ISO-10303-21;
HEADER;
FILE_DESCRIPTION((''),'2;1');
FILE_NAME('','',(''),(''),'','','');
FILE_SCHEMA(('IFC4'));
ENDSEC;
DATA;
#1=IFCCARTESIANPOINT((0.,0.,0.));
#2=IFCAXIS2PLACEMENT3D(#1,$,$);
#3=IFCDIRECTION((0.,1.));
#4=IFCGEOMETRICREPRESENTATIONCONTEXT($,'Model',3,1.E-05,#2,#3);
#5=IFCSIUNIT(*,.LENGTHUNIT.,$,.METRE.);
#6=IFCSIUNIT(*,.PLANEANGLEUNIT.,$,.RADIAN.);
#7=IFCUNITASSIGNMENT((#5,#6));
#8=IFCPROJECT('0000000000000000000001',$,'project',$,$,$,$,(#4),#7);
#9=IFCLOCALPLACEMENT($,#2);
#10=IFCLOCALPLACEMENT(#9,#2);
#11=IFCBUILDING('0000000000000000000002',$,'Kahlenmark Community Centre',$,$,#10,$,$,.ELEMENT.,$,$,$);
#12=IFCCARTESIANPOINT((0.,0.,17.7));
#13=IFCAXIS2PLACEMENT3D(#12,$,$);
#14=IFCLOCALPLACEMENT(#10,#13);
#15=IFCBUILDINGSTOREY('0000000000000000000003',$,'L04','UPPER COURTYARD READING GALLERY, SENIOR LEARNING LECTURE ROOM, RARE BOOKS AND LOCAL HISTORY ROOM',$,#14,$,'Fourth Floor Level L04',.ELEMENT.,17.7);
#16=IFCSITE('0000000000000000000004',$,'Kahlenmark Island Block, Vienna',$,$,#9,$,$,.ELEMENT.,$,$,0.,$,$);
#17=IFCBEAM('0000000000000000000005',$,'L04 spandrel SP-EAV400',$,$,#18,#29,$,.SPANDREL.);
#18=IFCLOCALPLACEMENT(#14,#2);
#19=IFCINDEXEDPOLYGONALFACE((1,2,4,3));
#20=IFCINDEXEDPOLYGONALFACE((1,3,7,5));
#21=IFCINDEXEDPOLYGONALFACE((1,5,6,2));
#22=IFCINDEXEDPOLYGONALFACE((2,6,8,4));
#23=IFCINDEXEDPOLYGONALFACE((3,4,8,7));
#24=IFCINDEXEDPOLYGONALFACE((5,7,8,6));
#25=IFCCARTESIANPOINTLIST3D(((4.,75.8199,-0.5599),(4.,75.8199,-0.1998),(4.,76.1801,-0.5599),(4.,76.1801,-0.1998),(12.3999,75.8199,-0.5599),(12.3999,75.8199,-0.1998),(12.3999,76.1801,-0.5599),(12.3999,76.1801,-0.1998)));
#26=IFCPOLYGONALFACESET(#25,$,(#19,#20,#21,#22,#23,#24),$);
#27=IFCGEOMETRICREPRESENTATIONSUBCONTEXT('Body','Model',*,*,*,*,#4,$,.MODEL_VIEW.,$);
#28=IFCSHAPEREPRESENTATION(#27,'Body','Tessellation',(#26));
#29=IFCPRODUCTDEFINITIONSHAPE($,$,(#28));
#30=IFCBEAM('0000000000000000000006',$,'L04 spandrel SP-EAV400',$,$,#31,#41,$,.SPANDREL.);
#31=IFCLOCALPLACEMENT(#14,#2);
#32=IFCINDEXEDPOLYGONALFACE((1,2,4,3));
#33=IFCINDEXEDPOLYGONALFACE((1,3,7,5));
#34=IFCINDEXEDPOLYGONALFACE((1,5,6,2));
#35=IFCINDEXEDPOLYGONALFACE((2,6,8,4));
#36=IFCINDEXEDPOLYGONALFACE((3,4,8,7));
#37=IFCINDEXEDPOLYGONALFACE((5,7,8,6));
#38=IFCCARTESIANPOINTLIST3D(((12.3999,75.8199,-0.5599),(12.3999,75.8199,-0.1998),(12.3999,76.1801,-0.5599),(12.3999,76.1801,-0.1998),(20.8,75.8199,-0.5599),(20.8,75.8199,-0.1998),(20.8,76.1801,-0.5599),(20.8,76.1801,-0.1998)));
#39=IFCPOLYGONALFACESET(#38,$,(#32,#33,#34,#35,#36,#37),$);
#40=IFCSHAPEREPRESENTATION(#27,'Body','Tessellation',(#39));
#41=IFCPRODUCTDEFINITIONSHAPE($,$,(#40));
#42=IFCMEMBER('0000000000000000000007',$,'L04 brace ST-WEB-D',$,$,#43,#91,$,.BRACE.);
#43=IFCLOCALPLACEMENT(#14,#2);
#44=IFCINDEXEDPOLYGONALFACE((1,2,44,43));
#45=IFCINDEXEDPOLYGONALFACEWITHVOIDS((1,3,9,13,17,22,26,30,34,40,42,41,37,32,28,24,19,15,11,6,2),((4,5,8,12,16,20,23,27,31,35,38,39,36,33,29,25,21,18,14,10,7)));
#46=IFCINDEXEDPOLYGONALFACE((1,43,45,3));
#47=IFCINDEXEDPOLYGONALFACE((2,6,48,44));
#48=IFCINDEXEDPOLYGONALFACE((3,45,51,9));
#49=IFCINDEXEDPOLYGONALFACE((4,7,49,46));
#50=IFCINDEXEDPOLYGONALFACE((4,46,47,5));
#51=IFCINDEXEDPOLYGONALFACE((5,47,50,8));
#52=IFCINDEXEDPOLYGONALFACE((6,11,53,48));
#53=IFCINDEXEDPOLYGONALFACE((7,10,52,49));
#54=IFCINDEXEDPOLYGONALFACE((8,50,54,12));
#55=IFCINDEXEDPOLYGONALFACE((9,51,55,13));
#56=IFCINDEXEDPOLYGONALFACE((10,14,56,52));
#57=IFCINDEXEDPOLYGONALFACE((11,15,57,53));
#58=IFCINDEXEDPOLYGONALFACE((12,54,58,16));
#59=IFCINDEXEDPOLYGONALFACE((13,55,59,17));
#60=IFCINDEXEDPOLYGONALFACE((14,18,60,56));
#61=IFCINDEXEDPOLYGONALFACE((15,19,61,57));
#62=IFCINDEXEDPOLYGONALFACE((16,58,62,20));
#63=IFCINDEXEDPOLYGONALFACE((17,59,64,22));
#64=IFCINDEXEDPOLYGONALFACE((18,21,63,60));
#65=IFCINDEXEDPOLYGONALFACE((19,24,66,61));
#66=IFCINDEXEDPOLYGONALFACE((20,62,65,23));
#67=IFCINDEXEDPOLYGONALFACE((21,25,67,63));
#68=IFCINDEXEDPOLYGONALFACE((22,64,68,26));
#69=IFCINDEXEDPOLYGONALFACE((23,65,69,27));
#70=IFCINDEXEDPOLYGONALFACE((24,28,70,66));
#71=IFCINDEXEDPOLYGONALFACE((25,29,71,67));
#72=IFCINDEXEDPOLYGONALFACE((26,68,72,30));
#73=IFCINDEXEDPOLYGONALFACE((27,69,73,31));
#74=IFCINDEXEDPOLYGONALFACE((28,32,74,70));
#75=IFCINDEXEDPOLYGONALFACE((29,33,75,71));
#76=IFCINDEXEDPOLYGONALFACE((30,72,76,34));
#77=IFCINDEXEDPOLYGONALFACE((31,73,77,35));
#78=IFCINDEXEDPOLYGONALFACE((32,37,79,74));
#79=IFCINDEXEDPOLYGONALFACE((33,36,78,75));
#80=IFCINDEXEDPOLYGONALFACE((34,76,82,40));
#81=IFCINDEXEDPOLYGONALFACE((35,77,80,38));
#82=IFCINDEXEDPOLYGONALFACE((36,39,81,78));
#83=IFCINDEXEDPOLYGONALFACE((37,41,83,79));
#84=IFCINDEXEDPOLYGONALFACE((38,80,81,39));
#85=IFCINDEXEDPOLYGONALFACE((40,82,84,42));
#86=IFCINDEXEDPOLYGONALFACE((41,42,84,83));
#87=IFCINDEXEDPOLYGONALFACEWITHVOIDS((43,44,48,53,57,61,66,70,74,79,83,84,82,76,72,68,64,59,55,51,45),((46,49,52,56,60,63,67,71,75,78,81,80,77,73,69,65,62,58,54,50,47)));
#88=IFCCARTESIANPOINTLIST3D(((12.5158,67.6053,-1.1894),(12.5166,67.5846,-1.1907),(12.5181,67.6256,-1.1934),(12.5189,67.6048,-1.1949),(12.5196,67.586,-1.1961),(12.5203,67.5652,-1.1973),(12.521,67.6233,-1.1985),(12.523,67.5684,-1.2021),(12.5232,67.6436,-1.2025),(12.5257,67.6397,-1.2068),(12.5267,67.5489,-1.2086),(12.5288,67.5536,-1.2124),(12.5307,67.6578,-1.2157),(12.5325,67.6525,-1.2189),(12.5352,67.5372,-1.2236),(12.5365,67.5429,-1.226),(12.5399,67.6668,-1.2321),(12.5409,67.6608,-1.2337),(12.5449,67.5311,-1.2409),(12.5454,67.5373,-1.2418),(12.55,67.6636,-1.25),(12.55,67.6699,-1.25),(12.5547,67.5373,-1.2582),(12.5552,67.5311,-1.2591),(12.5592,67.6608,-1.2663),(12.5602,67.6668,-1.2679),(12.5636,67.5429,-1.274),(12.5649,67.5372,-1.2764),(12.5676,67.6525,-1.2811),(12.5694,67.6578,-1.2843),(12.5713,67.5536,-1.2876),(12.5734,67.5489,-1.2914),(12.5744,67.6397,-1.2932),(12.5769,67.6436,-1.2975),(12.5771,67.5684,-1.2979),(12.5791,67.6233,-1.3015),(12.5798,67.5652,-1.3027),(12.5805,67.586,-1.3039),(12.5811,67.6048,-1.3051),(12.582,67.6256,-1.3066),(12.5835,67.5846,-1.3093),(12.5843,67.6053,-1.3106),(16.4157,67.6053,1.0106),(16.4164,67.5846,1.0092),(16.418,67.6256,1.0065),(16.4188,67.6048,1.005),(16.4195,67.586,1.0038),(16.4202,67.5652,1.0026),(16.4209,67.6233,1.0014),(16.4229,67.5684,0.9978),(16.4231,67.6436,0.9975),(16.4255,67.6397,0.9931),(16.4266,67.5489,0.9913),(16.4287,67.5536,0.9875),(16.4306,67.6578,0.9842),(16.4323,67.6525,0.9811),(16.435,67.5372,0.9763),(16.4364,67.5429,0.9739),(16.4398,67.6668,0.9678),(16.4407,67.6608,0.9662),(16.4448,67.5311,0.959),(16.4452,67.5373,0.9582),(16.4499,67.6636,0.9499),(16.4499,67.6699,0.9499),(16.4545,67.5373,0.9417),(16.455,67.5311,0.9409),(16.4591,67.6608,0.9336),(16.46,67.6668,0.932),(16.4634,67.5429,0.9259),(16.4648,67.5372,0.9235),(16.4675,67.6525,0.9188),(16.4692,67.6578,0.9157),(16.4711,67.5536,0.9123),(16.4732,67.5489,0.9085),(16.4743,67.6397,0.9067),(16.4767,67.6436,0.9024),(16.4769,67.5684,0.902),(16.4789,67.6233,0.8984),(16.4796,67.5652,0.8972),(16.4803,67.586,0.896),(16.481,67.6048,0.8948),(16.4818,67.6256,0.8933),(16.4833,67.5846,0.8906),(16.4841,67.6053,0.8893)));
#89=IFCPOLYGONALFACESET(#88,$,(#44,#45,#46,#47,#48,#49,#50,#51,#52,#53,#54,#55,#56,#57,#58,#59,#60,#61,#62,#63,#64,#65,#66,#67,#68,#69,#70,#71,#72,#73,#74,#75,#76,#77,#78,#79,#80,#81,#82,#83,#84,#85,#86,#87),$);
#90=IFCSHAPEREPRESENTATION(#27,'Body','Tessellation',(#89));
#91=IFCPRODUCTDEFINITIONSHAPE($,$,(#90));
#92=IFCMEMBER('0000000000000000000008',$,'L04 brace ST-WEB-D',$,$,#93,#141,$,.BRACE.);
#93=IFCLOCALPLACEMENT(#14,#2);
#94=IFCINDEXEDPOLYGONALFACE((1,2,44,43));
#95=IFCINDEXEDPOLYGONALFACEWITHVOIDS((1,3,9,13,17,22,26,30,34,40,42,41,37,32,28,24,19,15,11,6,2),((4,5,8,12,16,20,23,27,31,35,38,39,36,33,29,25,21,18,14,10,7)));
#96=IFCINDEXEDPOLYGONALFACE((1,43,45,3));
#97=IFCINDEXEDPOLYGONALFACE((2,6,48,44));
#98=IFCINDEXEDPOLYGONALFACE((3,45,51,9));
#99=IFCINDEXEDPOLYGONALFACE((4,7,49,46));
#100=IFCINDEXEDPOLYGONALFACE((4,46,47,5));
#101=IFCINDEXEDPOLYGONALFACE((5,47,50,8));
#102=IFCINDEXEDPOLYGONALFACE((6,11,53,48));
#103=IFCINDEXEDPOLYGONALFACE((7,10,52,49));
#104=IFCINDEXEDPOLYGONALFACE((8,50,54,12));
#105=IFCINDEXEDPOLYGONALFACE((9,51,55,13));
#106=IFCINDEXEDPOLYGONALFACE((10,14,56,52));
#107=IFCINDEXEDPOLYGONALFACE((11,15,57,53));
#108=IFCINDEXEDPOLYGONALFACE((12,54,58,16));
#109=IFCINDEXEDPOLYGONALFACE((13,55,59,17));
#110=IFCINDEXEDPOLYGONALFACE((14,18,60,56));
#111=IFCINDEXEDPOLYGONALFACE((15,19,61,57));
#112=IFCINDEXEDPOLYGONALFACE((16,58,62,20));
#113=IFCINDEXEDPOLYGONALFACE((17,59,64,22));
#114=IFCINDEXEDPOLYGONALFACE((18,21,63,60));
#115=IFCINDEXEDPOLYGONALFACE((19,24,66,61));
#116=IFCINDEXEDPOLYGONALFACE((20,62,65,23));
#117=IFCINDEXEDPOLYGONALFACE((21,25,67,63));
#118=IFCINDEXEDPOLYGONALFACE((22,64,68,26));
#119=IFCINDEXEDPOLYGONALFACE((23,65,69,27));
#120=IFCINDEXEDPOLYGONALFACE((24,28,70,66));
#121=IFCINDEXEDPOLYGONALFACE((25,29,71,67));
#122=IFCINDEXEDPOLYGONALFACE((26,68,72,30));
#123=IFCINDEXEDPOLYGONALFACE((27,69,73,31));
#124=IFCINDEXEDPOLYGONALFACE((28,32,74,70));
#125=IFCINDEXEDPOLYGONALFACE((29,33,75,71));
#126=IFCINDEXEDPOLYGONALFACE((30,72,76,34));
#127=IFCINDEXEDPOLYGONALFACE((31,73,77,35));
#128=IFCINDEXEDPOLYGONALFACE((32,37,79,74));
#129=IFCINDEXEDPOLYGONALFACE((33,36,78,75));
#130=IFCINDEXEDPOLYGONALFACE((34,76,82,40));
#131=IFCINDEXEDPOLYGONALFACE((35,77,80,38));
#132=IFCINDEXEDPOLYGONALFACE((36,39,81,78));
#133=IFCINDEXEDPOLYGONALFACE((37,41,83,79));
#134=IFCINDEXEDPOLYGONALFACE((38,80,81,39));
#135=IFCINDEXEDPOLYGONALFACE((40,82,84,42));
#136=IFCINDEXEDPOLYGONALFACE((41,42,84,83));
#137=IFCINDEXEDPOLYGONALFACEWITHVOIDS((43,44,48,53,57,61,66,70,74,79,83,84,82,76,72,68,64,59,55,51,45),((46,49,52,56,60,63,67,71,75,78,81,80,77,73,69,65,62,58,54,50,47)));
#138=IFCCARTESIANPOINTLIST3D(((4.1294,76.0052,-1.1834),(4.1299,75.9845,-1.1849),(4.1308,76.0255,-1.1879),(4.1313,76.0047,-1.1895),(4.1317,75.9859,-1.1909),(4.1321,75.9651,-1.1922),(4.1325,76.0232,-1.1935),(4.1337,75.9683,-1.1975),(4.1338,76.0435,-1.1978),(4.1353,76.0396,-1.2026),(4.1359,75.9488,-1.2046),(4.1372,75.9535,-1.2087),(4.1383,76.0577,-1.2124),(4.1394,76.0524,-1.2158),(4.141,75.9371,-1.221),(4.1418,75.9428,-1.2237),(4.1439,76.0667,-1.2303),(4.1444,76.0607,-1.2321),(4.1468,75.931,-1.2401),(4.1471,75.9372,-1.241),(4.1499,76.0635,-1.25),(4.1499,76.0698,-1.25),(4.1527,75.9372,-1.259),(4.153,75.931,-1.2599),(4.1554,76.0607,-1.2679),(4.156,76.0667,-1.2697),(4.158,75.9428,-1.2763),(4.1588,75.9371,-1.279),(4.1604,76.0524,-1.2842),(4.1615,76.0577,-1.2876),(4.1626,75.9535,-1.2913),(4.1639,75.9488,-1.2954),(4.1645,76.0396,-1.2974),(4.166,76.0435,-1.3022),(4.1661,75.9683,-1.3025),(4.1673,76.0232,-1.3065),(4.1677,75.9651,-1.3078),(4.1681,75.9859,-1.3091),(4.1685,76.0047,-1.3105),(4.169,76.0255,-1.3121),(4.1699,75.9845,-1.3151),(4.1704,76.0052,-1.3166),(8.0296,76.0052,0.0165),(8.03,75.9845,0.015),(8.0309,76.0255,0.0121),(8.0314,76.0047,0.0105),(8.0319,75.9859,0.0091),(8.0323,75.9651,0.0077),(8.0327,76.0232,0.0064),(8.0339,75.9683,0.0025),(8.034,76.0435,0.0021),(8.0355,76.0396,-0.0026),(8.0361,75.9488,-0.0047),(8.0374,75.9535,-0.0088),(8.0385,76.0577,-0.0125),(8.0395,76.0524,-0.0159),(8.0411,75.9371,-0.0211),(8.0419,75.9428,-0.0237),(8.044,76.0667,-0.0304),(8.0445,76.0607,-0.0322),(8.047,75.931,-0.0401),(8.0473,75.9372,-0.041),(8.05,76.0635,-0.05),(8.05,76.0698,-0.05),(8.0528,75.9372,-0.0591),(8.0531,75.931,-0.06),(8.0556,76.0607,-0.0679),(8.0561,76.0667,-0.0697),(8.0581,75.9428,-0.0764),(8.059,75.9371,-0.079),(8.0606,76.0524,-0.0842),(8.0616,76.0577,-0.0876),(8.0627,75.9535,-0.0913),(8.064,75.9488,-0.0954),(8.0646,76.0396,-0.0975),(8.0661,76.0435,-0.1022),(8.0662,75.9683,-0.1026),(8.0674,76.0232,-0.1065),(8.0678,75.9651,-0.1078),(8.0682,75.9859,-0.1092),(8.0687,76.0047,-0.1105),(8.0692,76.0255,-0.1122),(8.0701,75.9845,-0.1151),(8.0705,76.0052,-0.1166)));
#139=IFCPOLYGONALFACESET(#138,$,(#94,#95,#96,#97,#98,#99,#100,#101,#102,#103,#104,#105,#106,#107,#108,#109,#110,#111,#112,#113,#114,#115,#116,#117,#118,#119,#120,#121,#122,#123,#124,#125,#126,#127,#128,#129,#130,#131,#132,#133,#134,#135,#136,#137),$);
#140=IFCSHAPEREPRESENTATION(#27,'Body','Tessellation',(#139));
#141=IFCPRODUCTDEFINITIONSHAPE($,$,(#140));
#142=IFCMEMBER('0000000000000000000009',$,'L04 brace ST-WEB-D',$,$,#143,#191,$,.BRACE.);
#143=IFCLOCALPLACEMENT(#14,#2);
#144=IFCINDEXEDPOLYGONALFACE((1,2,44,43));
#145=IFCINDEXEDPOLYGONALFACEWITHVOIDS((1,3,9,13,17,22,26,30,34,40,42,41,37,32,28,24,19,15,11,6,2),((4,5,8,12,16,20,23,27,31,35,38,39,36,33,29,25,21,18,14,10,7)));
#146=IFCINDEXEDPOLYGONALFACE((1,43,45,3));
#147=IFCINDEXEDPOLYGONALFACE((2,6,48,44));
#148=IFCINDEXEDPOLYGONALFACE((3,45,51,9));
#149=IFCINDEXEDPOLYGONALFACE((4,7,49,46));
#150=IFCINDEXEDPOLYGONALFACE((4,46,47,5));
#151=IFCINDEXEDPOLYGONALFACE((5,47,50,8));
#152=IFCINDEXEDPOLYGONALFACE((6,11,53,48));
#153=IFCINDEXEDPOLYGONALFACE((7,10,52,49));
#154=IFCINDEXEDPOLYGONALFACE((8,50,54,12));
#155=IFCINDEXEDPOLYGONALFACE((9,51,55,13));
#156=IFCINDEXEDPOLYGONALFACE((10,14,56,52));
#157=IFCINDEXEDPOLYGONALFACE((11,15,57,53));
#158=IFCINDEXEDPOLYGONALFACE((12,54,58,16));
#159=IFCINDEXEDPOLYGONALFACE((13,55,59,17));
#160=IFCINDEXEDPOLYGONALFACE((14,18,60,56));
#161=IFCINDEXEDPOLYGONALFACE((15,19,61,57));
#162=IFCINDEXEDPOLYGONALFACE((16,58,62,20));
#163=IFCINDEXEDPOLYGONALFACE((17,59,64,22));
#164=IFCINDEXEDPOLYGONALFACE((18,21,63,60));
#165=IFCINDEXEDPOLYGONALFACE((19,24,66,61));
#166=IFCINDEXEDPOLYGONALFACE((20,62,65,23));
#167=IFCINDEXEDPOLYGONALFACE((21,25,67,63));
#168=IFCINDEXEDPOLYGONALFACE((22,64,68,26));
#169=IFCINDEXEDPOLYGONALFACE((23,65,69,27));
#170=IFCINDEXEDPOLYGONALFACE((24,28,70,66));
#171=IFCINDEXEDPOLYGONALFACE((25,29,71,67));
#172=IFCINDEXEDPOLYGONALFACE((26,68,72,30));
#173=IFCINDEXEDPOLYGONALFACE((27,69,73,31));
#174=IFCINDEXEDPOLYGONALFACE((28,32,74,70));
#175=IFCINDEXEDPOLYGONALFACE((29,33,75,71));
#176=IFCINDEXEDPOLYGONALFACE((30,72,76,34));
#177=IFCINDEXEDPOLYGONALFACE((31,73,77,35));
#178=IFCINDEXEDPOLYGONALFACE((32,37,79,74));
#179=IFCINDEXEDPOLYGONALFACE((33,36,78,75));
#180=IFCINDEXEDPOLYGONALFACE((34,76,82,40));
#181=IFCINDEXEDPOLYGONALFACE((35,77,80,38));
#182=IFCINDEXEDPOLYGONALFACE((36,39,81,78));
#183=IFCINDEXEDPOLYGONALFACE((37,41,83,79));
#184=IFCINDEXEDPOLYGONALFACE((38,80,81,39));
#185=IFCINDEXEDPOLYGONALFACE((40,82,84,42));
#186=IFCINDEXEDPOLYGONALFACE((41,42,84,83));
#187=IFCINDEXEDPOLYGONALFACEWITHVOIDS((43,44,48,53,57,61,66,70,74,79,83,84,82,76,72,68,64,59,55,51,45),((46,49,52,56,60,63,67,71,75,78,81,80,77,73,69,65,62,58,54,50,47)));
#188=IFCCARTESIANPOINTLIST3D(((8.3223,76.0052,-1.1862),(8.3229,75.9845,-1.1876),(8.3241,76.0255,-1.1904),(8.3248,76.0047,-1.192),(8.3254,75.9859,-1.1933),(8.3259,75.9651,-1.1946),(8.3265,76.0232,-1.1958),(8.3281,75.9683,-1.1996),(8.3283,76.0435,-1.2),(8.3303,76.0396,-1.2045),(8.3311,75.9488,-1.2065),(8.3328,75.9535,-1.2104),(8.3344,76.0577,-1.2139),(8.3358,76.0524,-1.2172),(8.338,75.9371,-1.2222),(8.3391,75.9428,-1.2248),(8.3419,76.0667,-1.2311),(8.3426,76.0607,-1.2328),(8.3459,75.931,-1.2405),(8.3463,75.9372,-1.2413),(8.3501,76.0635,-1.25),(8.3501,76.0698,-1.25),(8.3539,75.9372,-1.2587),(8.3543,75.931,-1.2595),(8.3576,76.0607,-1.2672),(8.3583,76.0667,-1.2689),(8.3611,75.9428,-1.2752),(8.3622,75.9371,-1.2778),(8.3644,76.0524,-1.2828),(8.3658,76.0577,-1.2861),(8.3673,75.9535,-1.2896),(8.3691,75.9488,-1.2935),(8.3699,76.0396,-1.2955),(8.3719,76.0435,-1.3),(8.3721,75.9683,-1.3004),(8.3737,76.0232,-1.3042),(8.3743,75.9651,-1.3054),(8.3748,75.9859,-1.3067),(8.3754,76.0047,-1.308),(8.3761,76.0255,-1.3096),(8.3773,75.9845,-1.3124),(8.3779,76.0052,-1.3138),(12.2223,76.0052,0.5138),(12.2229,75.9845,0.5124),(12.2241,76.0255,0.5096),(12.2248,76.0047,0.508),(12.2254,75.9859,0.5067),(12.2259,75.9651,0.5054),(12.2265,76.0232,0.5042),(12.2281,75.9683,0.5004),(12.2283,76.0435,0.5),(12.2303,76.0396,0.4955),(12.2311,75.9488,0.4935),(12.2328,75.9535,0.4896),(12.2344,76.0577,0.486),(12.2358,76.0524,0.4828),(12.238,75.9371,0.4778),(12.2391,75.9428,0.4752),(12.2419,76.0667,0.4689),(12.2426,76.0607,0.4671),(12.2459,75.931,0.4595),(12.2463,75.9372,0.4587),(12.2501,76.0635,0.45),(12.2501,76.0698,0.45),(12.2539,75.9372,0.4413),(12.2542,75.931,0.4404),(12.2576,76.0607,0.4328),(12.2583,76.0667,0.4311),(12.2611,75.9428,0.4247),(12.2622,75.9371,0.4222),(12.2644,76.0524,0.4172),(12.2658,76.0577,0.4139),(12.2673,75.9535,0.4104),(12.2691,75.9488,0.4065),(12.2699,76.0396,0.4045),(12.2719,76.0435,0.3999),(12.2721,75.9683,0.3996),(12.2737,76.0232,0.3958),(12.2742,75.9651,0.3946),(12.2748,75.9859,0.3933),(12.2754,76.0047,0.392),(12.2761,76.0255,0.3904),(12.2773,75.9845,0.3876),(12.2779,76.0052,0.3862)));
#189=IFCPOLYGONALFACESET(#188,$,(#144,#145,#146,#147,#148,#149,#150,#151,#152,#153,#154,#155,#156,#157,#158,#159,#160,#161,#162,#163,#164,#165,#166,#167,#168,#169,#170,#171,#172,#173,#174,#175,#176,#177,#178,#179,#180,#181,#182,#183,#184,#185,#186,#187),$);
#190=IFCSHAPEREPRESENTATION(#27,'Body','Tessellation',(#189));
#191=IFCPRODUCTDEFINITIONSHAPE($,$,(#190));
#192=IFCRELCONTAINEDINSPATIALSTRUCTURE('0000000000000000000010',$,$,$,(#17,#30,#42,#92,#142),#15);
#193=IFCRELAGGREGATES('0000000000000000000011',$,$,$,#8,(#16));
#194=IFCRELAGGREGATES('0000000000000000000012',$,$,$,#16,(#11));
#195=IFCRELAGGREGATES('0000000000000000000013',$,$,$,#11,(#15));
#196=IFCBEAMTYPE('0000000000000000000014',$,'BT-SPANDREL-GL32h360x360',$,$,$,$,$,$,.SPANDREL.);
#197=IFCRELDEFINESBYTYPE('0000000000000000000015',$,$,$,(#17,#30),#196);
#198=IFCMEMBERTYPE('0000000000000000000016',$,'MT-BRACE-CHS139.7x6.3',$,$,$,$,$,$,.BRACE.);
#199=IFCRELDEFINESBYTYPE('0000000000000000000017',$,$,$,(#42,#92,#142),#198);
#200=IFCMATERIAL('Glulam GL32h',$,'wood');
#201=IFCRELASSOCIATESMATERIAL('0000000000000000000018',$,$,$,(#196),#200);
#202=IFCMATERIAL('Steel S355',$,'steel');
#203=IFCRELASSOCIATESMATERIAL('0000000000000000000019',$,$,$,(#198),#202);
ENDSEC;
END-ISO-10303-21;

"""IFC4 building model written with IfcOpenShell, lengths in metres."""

from ifc_helpers import new_model, si_unit, direction, frame, origin, origin_2d, place, context, subcontext, project, spatial, rectangle, hollow_circle, extrude, material, material_profile, profile_set, type_object, element, save


model = new_model("IFC4")

# Units and contexts
model_context = context("Model", 3, precision=1e-05, world=origin(), true_north=direction((0.0, 1.0)))
body_context = subcontext(model_context, "Body", "Model", "MODEL_VIEW")
ifc_project = project(units=[si_unit("LENGTHUNIT", "METRE"), si_unit("PLANEANGLEUNIT", "RADIAN")], contexts=[model_context])

# Site, building, storey
site_placement = place(None, origin())
site = spatial("IfcSite", under=ifc_project, at=site_placement, Name="Kahlenmark Island Block, Vienna", CompositionType="ELEMENT", RefElevation=0.0)
building_placement = place(site_placement, origin())
building = spatial("IfcBuilding", under=site, at=building_placement, Name="Kahlenmark Community Centre", CompositionType="ELEMENT")
storey_placement = place(building_placement, frame((0.0, 0.0, 17.7)))
storey = spatial("IfcBuildingStorey", under=building, at=storey_placement, Name="L04", Description="UPPER COURTYARD READING GALLERY, SENIOR LEARNING LECTURE ROOM, RARE BOOKS AND LOCAL HISTORY ROOM", LongName="Fourth Floor Level L04", CompositionType="ELEMENT", Elevation=17.7)

# Beams
ifc_material_1 = material(Name="Glulam GL32h", Category="wood")
ifc_material_profile_1 = material_profile(ifc_material_1, rectangle(XDim=0.3601, YDim=0.3601, at=origin_2d()), Name="GL32h 360x360")
ifc_profile_set_1 = profile_set([ifc_material_profile_1], Name="Glulam GL32h")
beam_type = type_object("IfcBeamType", Name="BT-SPANDREL-GL32h360x360", PredefinedType="SPANDREL", material=ifc_profile_set_1)
beam_1_placement = place(storey_placement, frame((4.0, 76.0, -0.3799), z_axis=(1.0, 0.0, 0.0), x_axis=(0.0, 1.0, 0.0)))
element("IfcBeam", 1, at=beam_1_placement, inside=storey, type_object=beam_type, Name="L04 spandrel SP-EAV400", PredefinedType="SPANDREL", context=body_context, shape_type="SweptSolid", body=[
    extrude(rectangle(XDim=0.3601, YDim=0.3601, at=origin_2d()), origin(), (0.0, 0.0, 1.0), 8.3999),
])
beam_2_placement = place(storey_placement, frame((12.3999, 76.0, -0.3799), z_axis=(1.0, 0.0, 0.0), x_axis=(0.0, 1.0, 0.0)))
element("IfcBeam", 2, at=beam_2_placement, inside=storey, type_object=beam_type, Name="L04 spandrel SP-EAV400", PredefinedType="SPANDREL", context=body_context, shape_type="SweptSolid", body=[
    extrude(rectangle(XDim=0.3601, YDim=0.3601, at=origin_2d()), origin(), (0.0, 0.0, 1.0), 8.4001),
])

# Members
ifc_material_2 = material(Name="Steel S355", Category="steel")
ifc_material_profile_2 = material_profile(ifc_material_2, hollow_circle(Radius=0.0698, WallThickness=0.0063, at=origin_2d()), Name="CHS 139.7x6.3")
ifc_profile_set_2 = profile_set([ifc_material_profile_2], Name="Steel S355")
member_type_1 = type_object("IfcMemberType", Name="MT-BRACE-CHS139.7x6.3", PredefinedType="BRACE", material=ifc_profile_set_2)
member_1_placement = place(storey_placement, frame((12.55, 67.6001, -1.25), z_axis=(0.870978, 0.0, 0.491322), x_axis=(0.0, 1.0, 0.0)))
element("IfcMember", 3, at=member_1_placement, inside=storey, type_object=member_type_1, Name="L04 brace ST-WEB-D", PredefinedType="BRACE", context=body_context, shape_type="SweptSolid", body=[
    extrude(hollow_circle(Radius=0.0698, WallThickness=0.0063, at=origin_2d()), origin(), (0.0, 0.0, 1.0), 4.4775),
])
member_2_placement = place(storey_placement, frame((4.1499, 76.0, -1.25), z_axis=(0.955785, 0.0, 0.294065), x_axis=(0.0, 1.0, 0.0)))
element("IfcMember", 4, at=member_2_placement, inside=storey, type_object=member_type_1, Name="L04 brace ST-WEB-D", PredefinedType="BRACE", context=body_context, shape_type="SweptSolid", body=[
    extrude(hollow_circle(Radius=0.0698, WallThickness=0.0063, at=origin_2d()), origin(), (0.0, 0.0, 1.0), 4.0806),
])
member_3_placement = place(storey_placement, frame((8.3501, 76.0, -1.25), z_axis=(0.916697, 0.0, 0.399584), x_axis=(0.0, 1.0, 0.0)))
element("IfcMember", 5, at=member_3_placement, inside=storey, type_object=member_type_1, Name="L04 brace ST-WEB-D", PredefinedType="BRACE", context=body_context, shape_type="SweptSolid", body=[
    extrude(hollow_circle(Radius=0.0698, WallThickness=0.0063, at=origin_2d()), origin(), (0.0, 0.0, 1.0), 4.2544),
])

save(model, "model.ifc")
